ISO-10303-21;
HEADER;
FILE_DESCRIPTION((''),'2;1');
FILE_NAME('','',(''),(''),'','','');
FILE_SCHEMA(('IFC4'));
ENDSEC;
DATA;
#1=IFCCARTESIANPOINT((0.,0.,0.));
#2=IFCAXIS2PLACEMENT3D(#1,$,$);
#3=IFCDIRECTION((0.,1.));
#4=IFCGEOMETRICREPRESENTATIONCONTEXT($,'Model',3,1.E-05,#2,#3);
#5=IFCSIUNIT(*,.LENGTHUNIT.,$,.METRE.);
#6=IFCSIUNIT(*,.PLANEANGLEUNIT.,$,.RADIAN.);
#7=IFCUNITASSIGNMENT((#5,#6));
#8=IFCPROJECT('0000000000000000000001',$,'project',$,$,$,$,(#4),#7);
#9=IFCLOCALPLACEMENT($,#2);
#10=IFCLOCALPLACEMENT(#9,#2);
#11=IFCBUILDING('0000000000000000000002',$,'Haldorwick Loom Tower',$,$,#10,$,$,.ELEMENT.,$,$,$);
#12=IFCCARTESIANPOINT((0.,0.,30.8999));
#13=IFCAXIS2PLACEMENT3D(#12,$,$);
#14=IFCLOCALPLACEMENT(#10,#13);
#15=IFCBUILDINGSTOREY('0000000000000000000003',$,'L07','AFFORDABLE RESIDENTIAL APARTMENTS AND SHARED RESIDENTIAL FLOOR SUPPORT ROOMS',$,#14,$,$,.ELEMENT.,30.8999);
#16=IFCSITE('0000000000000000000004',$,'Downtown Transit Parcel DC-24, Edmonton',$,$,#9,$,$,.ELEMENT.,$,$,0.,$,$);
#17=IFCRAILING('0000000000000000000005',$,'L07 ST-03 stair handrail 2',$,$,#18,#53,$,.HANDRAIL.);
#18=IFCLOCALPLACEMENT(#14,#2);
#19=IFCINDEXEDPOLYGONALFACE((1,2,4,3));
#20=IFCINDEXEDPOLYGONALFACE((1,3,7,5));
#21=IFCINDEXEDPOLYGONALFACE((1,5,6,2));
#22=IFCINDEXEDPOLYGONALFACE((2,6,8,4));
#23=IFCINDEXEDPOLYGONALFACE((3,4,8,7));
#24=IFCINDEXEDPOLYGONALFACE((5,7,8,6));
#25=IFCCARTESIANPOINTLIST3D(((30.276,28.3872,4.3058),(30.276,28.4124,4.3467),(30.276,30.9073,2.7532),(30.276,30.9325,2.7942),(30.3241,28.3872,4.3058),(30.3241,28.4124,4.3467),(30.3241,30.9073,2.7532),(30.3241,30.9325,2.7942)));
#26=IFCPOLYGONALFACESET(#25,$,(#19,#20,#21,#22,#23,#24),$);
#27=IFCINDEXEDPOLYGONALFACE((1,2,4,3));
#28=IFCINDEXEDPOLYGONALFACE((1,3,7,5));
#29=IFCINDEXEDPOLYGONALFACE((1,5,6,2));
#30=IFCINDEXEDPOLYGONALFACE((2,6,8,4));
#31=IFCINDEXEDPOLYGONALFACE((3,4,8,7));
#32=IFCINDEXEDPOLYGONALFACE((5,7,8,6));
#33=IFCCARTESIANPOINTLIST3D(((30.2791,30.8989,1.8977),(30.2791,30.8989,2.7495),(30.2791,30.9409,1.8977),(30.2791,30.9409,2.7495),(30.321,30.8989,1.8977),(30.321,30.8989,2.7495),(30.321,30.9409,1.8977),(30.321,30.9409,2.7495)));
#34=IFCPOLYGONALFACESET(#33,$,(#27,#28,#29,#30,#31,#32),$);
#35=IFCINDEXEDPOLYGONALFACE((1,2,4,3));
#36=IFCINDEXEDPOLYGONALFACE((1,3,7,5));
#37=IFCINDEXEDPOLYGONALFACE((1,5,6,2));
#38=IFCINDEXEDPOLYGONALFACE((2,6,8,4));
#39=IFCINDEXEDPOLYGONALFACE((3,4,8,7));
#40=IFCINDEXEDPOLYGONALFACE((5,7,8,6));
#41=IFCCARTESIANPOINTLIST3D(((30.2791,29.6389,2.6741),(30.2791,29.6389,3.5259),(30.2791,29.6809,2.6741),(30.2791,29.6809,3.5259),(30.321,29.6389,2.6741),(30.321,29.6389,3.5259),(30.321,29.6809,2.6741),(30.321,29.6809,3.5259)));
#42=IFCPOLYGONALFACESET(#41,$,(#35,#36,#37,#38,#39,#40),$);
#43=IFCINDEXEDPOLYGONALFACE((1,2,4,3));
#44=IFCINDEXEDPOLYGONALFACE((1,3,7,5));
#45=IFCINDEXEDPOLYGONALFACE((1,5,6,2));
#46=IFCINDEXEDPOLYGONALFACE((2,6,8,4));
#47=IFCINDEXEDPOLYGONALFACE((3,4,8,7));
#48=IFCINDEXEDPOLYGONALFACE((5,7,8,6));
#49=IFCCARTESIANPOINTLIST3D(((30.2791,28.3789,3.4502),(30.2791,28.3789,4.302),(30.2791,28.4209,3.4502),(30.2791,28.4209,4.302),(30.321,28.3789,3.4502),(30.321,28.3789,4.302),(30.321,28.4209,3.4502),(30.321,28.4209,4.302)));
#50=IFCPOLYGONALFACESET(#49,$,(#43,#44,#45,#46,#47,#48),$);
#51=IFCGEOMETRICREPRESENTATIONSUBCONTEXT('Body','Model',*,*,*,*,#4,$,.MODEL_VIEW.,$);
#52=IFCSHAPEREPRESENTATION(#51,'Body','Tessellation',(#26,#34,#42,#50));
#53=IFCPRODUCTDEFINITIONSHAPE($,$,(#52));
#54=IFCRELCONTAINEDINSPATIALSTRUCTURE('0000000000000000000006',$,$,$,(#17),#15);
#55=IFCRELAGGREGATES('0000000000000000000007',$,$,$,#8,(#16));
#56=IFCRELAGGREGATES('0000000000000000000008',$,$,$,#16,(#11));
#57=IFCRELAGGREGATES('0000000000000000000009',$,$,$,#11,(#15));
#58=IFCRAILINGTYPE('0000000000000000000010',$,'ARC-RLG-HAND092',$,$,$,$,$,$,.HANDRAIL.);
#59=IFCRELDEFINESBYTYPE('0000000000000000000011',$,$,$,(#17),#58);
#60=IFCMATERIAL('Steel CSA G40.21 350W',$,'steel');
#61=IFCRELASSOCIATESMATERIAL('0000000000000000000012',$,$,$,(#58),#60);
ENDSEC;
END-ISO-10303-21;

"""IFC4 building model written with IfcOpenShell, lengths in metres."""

from ifc_helpers import new_model, si_unit, direction, frame, origin, origin_2d, place, context, subcontext, project, spatial, rectangle, extrude, material, type_object, element, save


model = new_model("IFC4")

# Units and contexts
model_context = context("Model", 3, precision=1e-05, world=origin(), true_north=direction((0.0, 1.0)))
body_context = subcontext(model_context, "Body", "Model", "MODEL_VIEW")
ifc_project = project(units=[si_unit("LENGTHUNIT", "METRE"), si_unit("PLANEANGLEUNIT", "RADIAN")], contexts=[model_context])

# Site, building, storey
site_placement = place(None, origin())
site = spatial("IfcSite", under=ifc_project, at=site_placement, Name="Downtown Transit Parcel DC-24, Edmonton", CompositionType="ELEMENT", RefElevation=0.0)
building_placement = place(site_placement, origin())
building = spatial("IfcBuilding", under=site, at=building_placement, Name="Haldorwick Loom Tower", CompositionType="ELEMENT")
storey_placement = place(building_placement, frame((0.0, 0.0, 30.8999)))
storey = spatial("IfcBuildingStorey", under=building, at=storey_placement, Name="L07", Description="AFFORDABLE RESIDENTIAL APARTMENTS AND SHARED RESIDENTIAL FLOOR SUPPORT ROOMS", CompositionType="ELEMENT", Elevation=30.8999)

# Shared definitions
ifc_material_1 = material(Name="Steel CSA G40.21 350W", Category="steel")

# Railing
railing_type_1 = type_object("IfcRailingType", Name="ARC-RLG-HAND092", PredefinedType="HANDRAIL", material=ifc_material_1)
railing_1_placement = place(storey_placement, frame((30.3, 30.9199, 1.8977)))
element("IfcRailing", 1, at=railing_1_placement, inside=storey, type_object=railing_type_1, Name="L07 ST-03 stair handrail 2", PredefinedType="HANDRAIL", context=body_context, shape_type="SweptSolid", body=[
    extrude(rectangle(XDim=0.0481, YDim=0.0481, at=origin_2d()), frame((0.0, 0.0, 0.876), z_axis=(0.0, -0.8514, 0.524516), x_axis=(1.0, 0.0, 0.0)), (0.0, 0.0, 1.0), 2.96),
    extrude(rectangle(XDim=0.042, YDim=0.042, at=origin_2d()), origin(), (0.0, 0.0, 1.0), 0.8518),
    extrude(rectangle(XDim=0.042, YDim=0.042, at=origin_2d()), frame((0.0, -1.26, 0.7764)), (0.0, 0.0, 1.0), 0.8518),
    extrude(rectangle(XDim=0.042, YDim=0.042, at=origin_2d()), frame((0.0, -2.52, 1.5525)), (0.0, 0.0, 1.0), 0.8518),
])

save(model, "model.ifc")
